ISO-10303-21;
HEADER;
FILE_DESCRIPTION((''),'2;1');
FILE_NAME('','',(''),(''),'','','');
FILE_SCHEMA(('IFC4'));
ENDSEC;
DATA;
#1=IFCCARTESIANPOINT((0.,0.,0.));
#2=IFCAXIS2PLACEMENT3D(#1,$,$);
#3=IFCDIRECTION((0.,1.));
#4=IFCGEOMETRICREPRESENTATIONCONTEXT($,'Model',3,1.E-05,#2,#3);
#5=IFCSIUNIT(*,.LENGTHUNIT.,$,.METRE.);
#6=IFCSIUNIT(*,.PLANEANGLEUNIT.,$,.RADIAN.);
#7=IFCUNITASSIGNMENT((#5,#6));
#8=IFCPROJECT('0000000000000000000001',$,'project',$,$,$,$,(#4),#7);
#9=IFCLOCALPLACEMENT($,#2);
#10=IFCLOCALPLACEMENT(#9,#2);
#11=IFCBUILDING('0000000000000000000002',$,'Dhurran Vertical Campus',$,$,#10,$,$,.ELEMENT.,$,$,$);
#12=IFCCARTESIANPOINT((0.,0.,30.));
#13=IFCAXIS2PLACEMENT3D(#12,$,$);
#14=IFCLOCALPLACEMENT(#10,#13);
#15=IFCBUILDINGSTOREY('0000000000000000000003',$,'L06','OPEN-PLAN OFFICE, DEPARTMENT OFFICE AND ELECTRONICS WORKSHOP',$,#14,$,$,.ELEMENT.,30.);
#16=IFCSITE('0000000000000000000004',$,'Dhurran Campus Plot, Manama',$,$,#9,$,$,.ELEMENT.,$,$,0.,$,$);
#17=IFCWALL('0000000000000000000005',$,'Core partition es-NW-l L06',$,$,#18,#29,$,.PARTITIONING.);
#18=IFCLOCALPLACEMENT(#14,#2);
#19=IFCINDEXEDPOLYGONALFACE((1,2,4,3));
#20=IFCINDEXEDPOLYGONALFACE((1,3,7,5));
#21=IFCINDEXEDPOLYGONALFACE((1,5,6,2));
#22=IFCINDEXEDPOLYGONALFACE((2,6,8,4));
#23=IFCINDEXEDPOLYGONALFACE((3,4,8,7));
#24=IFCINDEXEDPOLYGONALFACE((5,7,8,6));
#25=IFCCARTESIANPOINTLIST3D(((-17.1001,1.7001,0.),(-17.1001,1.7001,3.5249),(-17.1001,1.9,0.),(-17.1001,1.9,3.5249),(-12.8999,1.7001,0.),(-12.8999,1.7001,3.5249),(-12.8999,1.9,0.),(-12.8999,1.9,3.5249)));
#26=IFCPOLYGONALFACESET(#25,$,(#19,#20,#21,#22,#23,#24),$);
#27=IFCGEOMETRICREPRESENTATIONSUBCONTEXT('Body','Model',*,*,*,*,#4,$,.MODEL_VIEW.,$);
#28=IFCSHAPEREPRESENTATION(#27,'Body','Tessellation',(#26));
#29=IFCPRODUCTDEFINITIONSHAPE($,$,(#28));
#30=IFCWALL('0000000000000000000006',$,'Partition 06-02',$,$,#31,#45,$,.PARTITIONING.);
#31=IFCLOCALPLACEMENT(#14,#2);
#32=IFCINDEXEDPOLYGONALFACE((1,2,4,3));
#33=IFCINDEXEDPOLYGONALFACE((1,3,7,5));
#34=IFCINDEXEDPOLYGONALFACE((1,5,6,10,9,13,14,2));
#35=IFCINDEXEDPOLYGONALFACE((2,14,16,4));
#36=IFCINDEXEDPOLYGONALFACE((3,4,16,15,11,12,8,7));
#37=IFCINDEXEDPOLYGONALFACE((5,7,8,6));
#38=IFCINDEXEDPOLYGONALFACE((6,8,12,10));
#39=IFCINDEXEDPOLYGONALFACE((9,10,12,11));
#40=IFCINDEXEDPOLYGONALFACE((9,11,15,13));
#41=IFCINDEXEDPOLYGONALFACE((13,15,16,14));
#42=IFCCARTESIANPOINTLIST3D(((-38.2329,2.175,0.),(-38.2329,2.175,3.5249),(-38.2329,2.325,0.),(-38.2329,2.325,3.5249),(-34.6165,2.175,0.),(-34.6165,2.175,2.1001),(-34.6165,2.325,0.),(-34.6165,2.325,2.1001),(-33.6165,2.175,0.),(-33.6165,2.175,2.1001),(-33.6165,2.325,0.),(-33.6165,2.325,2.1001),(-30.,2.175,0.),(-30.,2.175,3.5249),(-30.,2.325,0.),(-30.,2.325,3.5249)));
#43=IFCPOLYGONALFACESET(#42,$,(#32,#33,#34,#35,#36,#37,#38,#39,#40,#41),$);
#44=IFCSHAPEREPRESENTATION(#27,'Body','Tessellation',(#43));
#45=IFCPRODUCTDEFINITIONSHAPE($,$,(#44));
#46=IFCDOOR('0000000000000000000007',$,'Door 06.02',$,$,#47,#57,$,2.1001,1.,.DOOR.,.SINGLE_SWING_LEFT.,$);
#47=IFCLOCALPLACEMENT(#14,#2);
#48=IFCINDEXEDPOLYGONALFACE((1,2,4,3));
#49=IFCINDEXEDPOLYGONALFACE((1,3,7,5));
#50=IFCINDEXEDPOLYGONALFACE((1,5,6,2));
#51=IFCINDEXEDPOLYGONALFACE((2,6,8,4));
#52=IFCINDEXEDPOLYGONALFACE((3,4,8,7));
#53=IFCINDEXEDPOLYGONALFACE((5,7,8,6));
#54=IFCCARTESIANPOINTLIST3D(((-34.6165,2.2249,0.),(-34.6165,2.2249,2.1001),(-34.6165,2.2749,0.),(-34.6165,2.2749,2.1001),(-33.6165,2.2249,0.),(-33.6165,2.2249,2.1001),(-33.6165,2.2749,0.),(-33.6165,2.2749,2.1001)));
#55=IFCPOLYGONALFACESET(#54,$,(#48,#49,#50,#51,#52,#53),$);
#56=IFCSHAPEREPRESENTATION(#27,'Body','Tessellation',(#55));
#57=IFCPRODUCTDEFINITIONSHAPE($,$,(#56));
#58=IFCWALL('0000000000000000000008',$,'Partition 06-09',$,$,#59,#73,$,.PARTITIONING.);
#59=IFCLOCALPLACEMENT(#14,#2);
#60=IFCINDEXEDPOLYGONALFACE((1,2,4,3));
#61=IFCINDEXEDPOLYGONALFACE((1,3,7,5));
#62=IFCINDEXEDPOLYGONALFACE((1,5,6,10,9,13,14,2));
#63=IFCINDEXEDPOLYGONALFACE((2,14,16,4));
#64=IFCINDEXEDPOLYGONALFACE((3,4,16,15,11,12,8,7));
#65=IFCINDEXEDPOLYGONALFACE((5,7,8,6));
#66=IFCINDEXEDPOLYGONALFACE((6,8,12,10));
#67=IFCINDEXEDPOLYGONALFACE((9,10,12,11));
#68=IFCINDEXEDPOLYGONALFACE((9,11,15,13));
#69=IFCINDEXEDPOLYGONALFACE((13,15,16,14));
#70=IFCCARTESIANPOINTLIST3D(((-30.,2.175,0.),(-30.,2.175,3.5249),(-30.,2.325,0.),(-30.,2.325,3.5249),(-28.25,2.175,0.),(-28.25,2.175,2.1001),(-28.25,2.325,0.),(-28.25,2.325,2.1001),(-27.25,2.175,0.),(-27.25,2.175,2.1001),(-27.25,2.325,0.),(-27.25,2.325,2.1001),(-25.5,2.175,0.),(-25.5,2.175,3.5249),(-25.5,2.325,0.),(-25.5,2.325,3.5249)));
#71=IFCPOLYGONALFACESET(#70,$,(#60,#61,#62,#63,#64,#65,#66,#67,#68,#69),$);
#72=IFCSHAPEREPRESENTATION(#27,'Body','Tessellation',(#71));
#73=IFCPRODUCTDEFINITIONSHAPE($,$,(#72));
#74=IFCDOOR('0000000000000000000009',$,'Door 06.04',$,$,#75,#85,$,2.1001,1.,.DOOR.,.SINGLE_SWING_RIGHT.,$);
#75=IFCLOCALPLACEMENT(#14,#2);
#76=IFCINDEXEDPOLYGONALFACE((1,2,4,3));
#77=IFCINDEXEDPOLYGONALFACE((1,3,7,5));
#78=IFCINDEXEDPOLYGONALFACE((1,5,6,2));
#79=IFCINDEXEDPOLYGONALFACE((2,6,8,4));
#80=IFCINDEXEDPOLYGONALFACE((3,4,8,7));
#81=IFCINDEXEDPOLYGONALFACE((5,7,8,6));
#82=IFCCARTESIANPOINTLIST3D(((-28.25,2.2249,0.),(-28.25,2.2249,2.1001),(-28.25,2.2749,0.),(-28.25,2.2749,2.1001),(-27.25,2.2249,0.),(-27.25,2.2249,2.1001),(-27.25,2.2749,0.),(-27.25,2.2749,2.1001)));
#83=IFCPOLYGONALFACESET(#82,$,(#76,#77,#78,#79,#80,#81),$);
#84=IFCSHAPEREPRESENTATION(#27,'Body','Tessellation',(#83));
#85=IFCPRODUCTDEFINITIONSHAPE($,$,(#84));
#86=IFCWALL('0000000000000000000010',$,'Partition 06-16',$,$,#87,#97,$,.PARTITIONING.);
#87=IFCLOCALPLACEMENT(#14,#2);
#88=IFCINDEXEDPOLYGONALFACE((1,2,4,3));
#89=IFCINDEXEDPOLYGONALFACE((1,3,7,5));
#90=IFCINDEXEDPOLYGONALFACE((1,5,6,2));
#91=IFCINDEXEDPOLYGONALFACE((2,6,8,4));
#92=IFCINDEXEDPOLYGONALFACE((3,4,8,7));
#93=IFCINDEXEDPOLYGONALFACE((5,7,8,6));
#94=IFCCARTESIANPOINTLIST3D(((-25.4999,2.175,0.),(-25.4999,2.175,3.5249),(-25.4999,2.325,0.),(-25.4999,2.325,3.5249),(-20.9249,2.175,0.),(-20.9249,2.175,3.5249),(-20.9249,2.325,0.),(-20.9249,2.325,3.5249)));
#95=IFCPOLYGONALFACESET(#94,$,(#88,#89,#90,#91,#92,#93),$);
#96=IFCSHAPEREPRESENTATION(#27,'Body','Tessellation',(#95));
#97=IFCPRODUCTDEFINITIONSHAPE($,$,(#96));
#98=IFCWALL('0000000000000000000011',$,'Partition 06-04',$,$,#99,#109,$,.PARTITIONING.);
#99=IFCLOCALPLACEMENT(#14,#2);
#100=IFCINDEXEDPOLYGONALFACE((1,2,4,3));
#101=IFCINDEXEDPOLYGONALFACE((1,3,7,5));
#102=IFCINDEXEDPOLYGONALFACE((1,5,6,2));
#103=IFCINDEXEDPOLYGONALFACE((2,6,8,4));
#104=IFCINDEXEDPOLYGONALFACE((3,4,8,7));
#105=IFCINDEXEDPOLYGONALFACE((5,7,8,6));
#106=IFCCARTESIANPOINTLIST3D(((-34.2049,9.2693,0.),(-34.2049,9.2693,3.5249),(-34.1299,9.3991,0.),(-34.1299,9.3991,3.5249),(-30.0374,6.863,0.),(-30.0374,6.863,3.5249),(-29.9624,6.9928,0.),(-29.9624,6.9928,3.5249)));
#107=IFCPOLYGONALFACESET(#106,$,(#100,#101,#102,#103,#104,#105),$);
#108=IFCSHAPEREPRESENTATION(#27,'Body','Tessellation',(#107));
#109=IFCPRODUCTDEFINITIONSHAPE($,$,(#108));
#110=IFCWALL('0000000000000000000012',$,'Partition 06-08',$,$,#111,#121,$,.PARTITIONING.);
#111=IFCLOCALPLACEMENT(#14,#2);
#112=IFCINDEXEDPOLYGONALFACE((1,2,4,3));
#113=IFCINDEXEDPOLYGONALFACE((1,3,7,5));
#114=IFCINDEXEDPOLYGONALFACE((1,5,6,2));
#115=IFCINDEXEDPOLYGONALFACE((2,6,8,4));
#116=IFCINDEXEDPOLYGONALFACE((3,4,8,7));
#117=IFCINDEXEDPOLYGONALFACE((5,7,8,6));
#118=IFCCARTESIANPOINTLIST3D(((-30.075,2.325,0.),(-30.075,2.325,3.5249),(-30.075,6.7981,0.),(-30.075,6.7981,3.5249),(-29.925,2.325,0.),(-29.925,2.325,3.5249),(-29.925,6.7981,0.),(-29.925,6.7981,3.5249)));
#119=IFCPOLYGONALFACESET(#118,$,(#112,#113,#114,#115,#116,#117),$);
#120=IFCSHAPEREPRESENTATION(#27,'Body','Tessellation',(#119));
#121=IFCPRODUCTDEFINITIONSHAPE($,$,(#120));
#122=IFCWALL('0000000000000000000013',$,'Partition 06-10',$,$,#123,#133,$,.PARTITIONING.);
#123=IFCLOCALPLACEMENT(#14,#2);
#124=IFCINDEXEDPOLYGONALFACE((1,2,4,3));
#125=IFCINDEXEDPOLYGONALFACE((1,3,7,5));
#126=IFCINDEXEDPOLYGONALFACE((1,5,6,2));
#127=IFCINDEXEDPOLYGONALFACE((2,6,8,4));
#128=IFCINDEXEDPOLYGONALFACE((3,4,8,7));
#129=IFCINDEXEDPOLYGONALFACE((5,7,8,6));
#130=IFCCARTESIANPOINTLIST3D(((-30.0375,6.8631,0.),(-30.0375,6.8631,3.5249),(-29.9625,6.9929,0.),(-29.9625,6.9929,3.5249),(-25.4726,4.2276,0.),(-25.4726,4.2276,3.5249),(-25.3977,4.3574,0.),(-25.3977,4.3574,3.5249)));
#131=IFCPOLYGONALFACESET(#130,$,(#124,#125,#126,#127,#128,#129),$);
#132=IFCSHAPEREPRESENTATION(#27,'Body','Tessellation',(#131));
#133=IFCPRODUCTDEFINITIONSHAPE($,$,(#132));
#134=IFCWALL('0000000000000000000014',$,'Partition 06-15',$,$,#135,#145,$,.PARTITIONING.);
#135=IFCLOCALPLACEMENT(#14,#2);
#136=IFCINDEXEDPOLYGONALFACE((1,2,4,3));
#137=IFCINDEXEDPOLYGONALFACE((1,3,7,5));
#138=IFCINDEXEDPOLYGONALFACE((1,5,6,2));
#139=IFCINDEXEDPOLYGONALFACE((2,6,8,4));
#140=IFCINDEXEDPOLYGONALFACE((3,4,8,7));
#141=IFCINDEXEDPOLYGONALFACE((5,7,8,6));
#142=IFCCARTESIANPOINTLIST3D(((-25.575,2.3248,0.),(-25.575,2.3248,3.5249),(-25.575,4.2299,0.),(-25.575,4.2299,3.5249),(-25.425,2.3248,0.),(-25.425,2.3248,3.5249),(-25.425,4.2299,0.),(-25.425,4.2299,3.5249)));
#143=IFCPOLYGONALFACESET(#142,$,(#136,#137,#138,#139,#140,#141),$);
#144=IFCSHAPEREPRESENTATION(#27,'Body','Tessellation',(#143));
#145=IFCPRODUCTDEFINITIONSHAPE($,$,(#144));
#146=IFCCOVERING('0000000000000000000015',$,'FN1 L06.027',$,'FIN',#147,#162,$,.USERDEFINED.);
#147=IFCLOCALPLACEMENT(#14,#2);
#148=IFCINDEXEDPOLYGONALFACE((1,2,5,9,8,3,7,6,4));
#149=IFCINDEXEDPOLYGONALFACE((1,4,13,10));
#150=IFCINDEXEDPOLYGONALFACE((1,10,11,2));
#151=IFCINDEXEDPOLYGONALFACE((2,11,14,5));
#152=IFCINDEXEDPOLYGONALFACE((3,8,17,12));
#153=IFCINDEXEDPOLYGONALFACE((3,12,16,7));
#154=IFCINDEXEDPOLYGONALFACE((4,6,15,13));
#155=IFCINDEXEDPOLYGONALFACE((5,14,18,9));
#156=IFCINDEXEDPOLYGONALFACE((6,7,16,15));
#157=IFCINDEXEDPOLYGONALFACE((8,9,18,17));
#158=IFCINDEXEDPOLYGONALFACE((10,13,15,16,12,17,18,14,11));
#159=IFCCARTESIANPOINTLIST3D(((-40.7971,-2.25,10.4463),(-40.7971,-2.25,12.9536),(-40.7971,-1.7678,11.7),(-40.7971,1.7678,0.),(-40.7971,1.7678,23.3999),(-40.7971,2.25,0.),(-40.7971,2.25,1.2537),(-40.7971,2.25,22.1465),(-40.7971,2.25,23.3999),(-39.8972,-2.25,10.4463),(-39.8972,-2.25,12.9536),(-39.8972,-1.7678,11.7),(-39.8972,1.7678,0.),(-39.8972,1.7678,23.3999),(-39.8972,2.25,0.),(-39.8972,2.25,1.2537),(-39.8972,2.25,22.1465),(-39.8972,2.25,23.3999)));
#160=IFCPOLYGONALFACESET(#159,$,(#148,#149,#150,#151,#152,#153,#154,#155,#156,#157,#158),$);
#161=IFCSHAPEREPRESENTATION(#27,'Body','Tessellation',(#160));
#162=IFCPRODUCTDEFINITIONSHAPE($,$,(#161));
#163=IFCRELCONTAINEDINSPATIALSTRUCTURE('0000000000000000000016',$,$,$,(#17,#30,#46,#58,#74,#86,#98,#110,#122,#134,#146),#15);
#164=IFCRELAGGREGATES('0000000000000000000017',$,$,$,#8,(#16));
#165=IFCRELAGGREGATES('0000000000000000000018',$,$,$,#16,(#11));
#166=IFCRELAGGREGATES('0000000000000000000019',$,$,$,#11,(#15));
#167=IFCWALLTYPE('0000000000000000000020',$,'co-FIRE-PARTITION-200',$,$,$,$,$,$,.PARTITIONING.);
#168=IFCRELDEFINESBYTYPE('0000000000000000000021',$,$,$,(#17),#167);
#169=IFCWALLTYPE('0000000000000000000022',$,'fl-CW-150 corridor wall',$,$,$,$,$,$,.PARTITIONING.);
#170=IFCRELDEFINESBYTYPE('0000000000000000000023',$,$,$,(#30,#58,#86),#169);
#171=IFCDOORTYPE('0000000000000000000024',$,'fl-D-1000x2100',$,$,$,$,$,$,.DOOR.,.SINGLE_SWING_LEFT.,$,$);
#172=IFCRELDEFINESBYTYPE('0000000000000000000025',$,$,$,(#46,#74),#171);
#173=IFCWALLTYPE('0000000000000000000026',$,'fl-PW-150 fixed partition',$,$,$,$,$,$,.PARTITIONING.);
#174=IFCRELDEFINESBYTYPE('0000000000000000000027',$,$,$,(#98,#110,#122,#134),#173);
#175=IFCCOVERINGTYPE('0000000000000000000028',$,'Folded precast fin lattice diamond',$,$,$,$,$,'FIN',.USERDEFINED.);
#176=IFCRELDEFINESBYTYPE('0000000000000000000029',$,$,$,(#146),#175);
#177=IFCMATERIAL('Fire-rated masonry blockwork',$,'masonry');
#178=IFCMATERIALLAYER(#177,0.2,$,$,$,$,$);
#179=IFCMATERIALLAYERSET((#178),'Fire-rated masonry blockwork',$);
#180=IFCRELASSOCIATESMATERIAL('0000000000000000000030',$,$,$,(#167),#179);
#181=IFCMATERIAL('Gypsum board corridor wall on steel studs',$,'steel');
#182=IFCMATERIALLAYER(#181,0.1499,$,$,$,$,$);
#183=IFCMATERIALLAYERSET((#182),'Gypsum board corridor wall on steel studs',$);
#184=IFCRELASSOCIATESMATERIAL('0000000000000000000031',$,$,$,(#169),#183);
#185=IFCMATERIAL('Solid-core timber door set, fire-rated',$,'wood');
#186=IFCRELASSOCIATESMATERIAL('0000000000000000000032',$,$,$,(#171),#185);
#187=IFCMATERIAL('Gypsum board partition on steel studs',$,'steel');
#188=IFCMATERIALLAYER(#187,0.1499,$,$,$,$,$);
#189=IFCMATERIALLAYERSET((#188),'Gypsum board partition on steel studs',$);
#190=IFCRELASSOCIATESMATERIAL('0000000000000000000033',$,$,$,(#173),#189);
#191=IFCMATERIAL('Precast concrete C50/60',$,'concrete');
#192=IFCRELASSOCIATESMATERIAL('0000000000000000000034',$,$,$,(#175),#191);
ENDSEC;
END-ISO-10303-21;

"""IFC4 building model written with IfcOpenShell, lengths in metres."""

from ifc_helpers import new_model, si_unit, direction, frame, frame_2d, origin, place, context, subcontext, project, spatial, polyline, rectangle, outline, extrude, material, layer, layer_set, type_object, element, fill, save


model = new_model("IFC4")

# Units and contexts
model_context = context("Model", 3, precision=1e-05, world=origin(), true_north=direction((0.0, 1.0)))
body_context = subcontext(model_context, "Body", "Model", "MODEL_VIEW")
ifc_project = project(units=[si_unit("LENGTHUNIT", "METRE"), si_unit("PLANEANGLEUNIT", "RADIAN")], contexts=[model_context])

# Site, building, storey
site_placement = place(None, origin())
site = spatial("IfcSite", under=ifc_project, at=site_placement, Name="Dhurran Campus Plot, Manama", CompositionType="ELEMENT", RefElevation=0.0)
building_placement = place(site_placement, origin())
building = spatial("IfcBuilding", under=site, at=building_placement, Name="Dhurran Vertical Campus", CompositionType="ELEMENT")
storey_placement = place(building_placement, frame((0.0, 0.0, 30.0)))
storey = spatial("IfcBuildingStorey", under=building, at=storey_placement, Name="L06", Description="OPEN-PLAN OFFICE, DEPARTMENT OFFICE AND ELECTRONICS WORKSHOP", CompositionType="ELEMENT", Elevation=30.0)

# Shared definitions
ifc_material_1 = material(Name="Fire-rated masonry blockwork", Category="masonry")
ifc_layer_1 = layer(ifc_material_1, 0.2)
ifc_layer_set_1 = layer_set([ifc_layer_1], Name="Fire-rated masonry blockwork")
wall_type_1 = type_object("IfcWallType", Name="co-FIRE-PARTITION-200", PredefinedType="PARTITIONING", material=ifc_layer_set_1)

# Wall
wall_1_placement = place(storey_placement, frame((-17.1001, 1.8, 0.0), z_axis=(0.0, 0.0, 1.0), x_axis=(1.0, 0.0, 0.0)))
element("IfcWall", 1, at=wall_1_placement, inside=storey, type_object=wall_type_1, Name="Core partition es-NW-l L06", PredefinedType="PARTITIONING", context=body_context, shape_type="SweptSolid", body=[
    extrude(rectangle(XDim=4.2002, YDim=0.2, at=frame_2d((2.1001, 0.0))), origin(), (0.0, 0.0, 1.0), 3.5249),
])

# Walls, openings, doors
ifc_material_2 = material(Name="Gypsum board corridor wall on steel studs", Category="steel")
ifc_layer_2 = layer(ifc_material_2, 0.1499)
ifc_layer_set_2 = layer_set([ifc_layer_2], Name="Gypsum board corridor wall on steel studs")
wall_type_2 = type_object("IfcWallType", Name="fl-CW-150 corridor wall", PredefinedType="PARTITIONING", material=ifc_layer_set_2)
wall_2_placement = place(storey_placement, frame((-38.2329, 2.25, 0.0), z_axis=(0.0, 0.0, 1.0), x_axis=(1.0, 0.0, 0.0)))
wall_2 = element("IfcWall", 2, at=wall_2_placement, inside=storey, type_object=wall_type_2, Name="Partition 06-02", PredefinedType="PARTITIONING", context=body_context, shape_type="SweptSolid", body=[
    extrude(rectangle(XDim=8.2329, YDim=0.1499, at=frame_2d((4.1165, 0.0))), origin(), (0.0, 0.0, 1.0), 3.5249),
])
opening_1_placement = place(wall_2_placement, frame((3.6165, 0.0, 0.0)))
opening_1 = element("IfcOpeningElement", 3, at=opening_1_placement, cuts=wall_2, PredefinedType="OPENING", context=body_context, shape_type="SweptSolid", body=[
    extrude(rectangle(XDim=1.0, YDim=2.1001, at=frame_2d((0.5, 1.05))), frame((0.0, 0.085, 0.0), z_axis=(0.0, -1.0, 0.0), x_axis=(1.0, 0.0, 0.0)), (0.0, 0.0, 1.0), 0.1699),
])
ifc_material_3 = material(Name="Solid-core timber door set, fire-rated", Category="wood")
door_type_1 = type_object("IfcDoorType", Name="fl-D-1000x2100", OperationType="SINGLE_SWING_LEFT", PredefinedType="DOOR", material=ifc_material_3)
door_1_placement = place(opening_1_placement, origin())
door_1 = element("IfcDoor", 4, at=door_1_placement, inside=storey, type_object=door_type_1, Name="Door 06.02", OperationType="SINGLE_SWING_LEFT", OverallHeight=2.1001, OverallWidth=1.0, PredefinedType="DOOR", context=body_context, shape_type="SweptSolid", body=[
    extrude(rectangle(XDim=1.0, YDim=2.1001, at=frame_2d((0.5, 1.05))), frame((0.0, 0.0249, 0.0), z_axis=(0.0, -1.0, 0.0), x_axis=(1.0, 0.0, 0.0)), (0.0, 0.0, 1.0), 0.05),
])
fill(opening_1, door_1)
wall_3_placement = place(storey_placement, frame((-30.0, 2.25, 0.0), z_axis=(0.0, 0.0, 1.0), x_axis=(1.0, 0.0, 0.0)))
wall_3 = element("IfcWall", 5, at=wall_3_placement, inside=storey, type_object=wall_type_2, Name="Partition 06-09", PredefinedType="PARTITIONING", context=body_context, shape_type="SweptSolid", body=[
    extrude(rectangle(XDim=4.5, YDim=0.1499, at=frame_2d((2.25, 0.0))), origin(), (0.0, 0.0, 1.0), 3.5249),
])
opening_2_placement = place(wall_3_placement, frame((1.75, 0.0, 0.0)))
opening_2 = element("IfcOpeningElement", 6, at=opening_2_placement, cuts=wall_3, PredefinedType="OPENING", context=body_context, shape_type="SweptSolid", body=[
    extrude(rectangle(XDim=1.0, YDim=2.1001, at=frame_2d((0.5, 1.05))), frame((0.0, 0.085, 0.0), z_axis=(0.0, -1.0, 0.0), x_axis=(1.0, 0.0, 0.0)), (0.0, 0.0, 1.0), 0.1699),
])
door_2_placement = place(opening_2_placement, origin())
door_2 = element("IfcDoor", 7, at=door_2_placement, inside=storey, type_object=door_type_1, Name="Door 06.04", OperationType="SINGLE_SWING_RIGHT", OverallHeight=2.1001, OverallWidth=1.0, PredefinedType="DOOR", context=body_context, shape_type="SweptSolid", body=[
    extrude(rectangle(XDim=1.0, YDim=2.1001, at=frame_2d((0.5, 1.05))), frame((0.0, 0.0249, 0.0), z_axis=(0.0, -1.0, 0.0), x_axis=(1.0, 0.0, 0.0)), (0.0, 0.0, 1.0), 0.05),
])
fill(opening_2, door_2)

# Walls
wall_4_placement = place(storey_placement, frame((-25.5, 2.25, 0.0), z_axis=(0.0, 0.0, 1.0), x_axis=(1.0, 0.0, 0.0)))
element("IfcWall", 8, at=wall_4_placement, inside=storey, type_object=wall_type_2, Name="Partition 06-16", PredefinedType="PARTITIONING", context=body_context, shape_type="SweptSolid", body=[
    extrude(rectangle(XDim=4.575, YDim=0.1499, at=frame_2d((2.2876, 0.0))), origin(), (0.0, 0.0, 1.0), 3.5249),
])
ifc_material_4 = material(Name="Gypsum board partition on steel studs", Category="steel")
ifc_layer_3 = layer(ifc_material_4, 0.1499)
ifc_layer_set_3 = layer_set([ifc_layer_3], Name="Gypsum board partition on steel studs")
wall_type_3 = type_object("IfcWallType", Name="fl-PW-150 fixed partition", PredefinedType="PARTITIONING", material=ifc_layer_set_3)
wall_5_placement = place(storey_placement, frame((-34.1675, 9.3342, 0.0), z_axis=(0.0, 0.0, 1.0), x_axis=(0.866012, -0.500024, 0.0)))
element("IfcWall", 9, at=wall_5_placement, inside=storey, type_object=wall_type_3, Name="Partition 06-04", PredefinedType="PARTITIONING", context=body_context, shape_type="SweptSolid", body=[
    extrude(rectangle(XDim=4.8123, YDim=0.1499, at=frame_2d((2.4062, 0.0))), origin(), (0.0, 0.0, 1.0), 3.5249),
])
wall_6_placement = place(storey_placement, frame((-30.0, 6.7981, 0.0), z_axis=(0.0, 0.0, 1.0), x_axis=(0.0, -1.0, 0.0)))
element("IfcWall", 10, at=wall_6_placement, inside=storey, type_object=wall_type_3, Name="Partition 06-08", PredefinedType="PARTITIONING", context=body_context, shape_type="SweptSolid", body=[
    extrude(rectangle(XDim=4.4731, YDim=0.1499, at=frame_2d((2.2366, 0.0))), origin(), (0.0, 0.0, 1.0), 3.5249),
])
wall_7_placement = place(storey_placement, frame((-30.0, 6.928, 0.0), z_axis=(0.0, 0.0, 1.0), x_axis=(0.866031, -0.49999, 0.0)))
element("IfcWall", 11, at=wall_7_placement, inside=storey, type_object=wall_type_3, Name="Partition 06-10", PredefinedType="PARTITIONING", context=body_context, shape_type="SweptSolid", body=[
    extrude(rectangle(XDim=5.271, YDim=0.1499, at=frame_2d((2.6355, 0.0))), origin(), (0.0, 0.0, 1.0), 3.5249),
])
wall_8_placement = place(storey_placement, frame((-25.5, 4.23, 0.0), z_axis=(0.0, 0.0, 1.0), x_axis=(0.0, -1.0, 0.0)))
element("IfcWall", 12, at=wall_8_placement, inside=storey, type_object=wall_type_3, Name="Partition 06-15", PredefinedType="PARTITIONING", context=body_context, shape_type="SweptSolid", body=[
    extrude(rectangle(XDim=1.905, YDim=0.1499, at=frame_2d((0.9526, 0.0))), origin(), (0.0, 0.0, 1.0), 3.5249),
])

# Covering
ifc_material_5 = material(Name="Precast concrete C50/60", Category="concrete")
covering_type = type_object("IfcCoveringType", Name="Folded precast fin lattice diamond", ElementType="FIN", PredefinedType="USERDEFINED", material=ifc_material_5)
covering_1_placement = place(storey_placement, frame((-39.8972, 2.25, 0.0), z_axis=(-1.0, 0.0, 0.0), x_axis=(0.0, -1.0, 0.0)))
element("IfcCovering", 13, at=covering_1_placement, inside=storey, type_object=covering_type, Name="FN1 L06.027", ObjectType="FIN", PredefinedType="USERDEFINED", context=body_context, shape_type="SweptSolid", body=[
    extrude(outline(polyline([(4.5, 10.4463), (0.4822, 0.0), (0.0, 0.0), (0.0, 1.2537), (4.0178, 11.7), (0.0, 22.1465), (0.0, 23.3999), (0.4822, 23.3999), (4.5, 12.9536), (4.5, 10.4463)])), origin(), (0.0, 0.0, 1.0), 0.8999),
])

save(model, "model.ifc")
